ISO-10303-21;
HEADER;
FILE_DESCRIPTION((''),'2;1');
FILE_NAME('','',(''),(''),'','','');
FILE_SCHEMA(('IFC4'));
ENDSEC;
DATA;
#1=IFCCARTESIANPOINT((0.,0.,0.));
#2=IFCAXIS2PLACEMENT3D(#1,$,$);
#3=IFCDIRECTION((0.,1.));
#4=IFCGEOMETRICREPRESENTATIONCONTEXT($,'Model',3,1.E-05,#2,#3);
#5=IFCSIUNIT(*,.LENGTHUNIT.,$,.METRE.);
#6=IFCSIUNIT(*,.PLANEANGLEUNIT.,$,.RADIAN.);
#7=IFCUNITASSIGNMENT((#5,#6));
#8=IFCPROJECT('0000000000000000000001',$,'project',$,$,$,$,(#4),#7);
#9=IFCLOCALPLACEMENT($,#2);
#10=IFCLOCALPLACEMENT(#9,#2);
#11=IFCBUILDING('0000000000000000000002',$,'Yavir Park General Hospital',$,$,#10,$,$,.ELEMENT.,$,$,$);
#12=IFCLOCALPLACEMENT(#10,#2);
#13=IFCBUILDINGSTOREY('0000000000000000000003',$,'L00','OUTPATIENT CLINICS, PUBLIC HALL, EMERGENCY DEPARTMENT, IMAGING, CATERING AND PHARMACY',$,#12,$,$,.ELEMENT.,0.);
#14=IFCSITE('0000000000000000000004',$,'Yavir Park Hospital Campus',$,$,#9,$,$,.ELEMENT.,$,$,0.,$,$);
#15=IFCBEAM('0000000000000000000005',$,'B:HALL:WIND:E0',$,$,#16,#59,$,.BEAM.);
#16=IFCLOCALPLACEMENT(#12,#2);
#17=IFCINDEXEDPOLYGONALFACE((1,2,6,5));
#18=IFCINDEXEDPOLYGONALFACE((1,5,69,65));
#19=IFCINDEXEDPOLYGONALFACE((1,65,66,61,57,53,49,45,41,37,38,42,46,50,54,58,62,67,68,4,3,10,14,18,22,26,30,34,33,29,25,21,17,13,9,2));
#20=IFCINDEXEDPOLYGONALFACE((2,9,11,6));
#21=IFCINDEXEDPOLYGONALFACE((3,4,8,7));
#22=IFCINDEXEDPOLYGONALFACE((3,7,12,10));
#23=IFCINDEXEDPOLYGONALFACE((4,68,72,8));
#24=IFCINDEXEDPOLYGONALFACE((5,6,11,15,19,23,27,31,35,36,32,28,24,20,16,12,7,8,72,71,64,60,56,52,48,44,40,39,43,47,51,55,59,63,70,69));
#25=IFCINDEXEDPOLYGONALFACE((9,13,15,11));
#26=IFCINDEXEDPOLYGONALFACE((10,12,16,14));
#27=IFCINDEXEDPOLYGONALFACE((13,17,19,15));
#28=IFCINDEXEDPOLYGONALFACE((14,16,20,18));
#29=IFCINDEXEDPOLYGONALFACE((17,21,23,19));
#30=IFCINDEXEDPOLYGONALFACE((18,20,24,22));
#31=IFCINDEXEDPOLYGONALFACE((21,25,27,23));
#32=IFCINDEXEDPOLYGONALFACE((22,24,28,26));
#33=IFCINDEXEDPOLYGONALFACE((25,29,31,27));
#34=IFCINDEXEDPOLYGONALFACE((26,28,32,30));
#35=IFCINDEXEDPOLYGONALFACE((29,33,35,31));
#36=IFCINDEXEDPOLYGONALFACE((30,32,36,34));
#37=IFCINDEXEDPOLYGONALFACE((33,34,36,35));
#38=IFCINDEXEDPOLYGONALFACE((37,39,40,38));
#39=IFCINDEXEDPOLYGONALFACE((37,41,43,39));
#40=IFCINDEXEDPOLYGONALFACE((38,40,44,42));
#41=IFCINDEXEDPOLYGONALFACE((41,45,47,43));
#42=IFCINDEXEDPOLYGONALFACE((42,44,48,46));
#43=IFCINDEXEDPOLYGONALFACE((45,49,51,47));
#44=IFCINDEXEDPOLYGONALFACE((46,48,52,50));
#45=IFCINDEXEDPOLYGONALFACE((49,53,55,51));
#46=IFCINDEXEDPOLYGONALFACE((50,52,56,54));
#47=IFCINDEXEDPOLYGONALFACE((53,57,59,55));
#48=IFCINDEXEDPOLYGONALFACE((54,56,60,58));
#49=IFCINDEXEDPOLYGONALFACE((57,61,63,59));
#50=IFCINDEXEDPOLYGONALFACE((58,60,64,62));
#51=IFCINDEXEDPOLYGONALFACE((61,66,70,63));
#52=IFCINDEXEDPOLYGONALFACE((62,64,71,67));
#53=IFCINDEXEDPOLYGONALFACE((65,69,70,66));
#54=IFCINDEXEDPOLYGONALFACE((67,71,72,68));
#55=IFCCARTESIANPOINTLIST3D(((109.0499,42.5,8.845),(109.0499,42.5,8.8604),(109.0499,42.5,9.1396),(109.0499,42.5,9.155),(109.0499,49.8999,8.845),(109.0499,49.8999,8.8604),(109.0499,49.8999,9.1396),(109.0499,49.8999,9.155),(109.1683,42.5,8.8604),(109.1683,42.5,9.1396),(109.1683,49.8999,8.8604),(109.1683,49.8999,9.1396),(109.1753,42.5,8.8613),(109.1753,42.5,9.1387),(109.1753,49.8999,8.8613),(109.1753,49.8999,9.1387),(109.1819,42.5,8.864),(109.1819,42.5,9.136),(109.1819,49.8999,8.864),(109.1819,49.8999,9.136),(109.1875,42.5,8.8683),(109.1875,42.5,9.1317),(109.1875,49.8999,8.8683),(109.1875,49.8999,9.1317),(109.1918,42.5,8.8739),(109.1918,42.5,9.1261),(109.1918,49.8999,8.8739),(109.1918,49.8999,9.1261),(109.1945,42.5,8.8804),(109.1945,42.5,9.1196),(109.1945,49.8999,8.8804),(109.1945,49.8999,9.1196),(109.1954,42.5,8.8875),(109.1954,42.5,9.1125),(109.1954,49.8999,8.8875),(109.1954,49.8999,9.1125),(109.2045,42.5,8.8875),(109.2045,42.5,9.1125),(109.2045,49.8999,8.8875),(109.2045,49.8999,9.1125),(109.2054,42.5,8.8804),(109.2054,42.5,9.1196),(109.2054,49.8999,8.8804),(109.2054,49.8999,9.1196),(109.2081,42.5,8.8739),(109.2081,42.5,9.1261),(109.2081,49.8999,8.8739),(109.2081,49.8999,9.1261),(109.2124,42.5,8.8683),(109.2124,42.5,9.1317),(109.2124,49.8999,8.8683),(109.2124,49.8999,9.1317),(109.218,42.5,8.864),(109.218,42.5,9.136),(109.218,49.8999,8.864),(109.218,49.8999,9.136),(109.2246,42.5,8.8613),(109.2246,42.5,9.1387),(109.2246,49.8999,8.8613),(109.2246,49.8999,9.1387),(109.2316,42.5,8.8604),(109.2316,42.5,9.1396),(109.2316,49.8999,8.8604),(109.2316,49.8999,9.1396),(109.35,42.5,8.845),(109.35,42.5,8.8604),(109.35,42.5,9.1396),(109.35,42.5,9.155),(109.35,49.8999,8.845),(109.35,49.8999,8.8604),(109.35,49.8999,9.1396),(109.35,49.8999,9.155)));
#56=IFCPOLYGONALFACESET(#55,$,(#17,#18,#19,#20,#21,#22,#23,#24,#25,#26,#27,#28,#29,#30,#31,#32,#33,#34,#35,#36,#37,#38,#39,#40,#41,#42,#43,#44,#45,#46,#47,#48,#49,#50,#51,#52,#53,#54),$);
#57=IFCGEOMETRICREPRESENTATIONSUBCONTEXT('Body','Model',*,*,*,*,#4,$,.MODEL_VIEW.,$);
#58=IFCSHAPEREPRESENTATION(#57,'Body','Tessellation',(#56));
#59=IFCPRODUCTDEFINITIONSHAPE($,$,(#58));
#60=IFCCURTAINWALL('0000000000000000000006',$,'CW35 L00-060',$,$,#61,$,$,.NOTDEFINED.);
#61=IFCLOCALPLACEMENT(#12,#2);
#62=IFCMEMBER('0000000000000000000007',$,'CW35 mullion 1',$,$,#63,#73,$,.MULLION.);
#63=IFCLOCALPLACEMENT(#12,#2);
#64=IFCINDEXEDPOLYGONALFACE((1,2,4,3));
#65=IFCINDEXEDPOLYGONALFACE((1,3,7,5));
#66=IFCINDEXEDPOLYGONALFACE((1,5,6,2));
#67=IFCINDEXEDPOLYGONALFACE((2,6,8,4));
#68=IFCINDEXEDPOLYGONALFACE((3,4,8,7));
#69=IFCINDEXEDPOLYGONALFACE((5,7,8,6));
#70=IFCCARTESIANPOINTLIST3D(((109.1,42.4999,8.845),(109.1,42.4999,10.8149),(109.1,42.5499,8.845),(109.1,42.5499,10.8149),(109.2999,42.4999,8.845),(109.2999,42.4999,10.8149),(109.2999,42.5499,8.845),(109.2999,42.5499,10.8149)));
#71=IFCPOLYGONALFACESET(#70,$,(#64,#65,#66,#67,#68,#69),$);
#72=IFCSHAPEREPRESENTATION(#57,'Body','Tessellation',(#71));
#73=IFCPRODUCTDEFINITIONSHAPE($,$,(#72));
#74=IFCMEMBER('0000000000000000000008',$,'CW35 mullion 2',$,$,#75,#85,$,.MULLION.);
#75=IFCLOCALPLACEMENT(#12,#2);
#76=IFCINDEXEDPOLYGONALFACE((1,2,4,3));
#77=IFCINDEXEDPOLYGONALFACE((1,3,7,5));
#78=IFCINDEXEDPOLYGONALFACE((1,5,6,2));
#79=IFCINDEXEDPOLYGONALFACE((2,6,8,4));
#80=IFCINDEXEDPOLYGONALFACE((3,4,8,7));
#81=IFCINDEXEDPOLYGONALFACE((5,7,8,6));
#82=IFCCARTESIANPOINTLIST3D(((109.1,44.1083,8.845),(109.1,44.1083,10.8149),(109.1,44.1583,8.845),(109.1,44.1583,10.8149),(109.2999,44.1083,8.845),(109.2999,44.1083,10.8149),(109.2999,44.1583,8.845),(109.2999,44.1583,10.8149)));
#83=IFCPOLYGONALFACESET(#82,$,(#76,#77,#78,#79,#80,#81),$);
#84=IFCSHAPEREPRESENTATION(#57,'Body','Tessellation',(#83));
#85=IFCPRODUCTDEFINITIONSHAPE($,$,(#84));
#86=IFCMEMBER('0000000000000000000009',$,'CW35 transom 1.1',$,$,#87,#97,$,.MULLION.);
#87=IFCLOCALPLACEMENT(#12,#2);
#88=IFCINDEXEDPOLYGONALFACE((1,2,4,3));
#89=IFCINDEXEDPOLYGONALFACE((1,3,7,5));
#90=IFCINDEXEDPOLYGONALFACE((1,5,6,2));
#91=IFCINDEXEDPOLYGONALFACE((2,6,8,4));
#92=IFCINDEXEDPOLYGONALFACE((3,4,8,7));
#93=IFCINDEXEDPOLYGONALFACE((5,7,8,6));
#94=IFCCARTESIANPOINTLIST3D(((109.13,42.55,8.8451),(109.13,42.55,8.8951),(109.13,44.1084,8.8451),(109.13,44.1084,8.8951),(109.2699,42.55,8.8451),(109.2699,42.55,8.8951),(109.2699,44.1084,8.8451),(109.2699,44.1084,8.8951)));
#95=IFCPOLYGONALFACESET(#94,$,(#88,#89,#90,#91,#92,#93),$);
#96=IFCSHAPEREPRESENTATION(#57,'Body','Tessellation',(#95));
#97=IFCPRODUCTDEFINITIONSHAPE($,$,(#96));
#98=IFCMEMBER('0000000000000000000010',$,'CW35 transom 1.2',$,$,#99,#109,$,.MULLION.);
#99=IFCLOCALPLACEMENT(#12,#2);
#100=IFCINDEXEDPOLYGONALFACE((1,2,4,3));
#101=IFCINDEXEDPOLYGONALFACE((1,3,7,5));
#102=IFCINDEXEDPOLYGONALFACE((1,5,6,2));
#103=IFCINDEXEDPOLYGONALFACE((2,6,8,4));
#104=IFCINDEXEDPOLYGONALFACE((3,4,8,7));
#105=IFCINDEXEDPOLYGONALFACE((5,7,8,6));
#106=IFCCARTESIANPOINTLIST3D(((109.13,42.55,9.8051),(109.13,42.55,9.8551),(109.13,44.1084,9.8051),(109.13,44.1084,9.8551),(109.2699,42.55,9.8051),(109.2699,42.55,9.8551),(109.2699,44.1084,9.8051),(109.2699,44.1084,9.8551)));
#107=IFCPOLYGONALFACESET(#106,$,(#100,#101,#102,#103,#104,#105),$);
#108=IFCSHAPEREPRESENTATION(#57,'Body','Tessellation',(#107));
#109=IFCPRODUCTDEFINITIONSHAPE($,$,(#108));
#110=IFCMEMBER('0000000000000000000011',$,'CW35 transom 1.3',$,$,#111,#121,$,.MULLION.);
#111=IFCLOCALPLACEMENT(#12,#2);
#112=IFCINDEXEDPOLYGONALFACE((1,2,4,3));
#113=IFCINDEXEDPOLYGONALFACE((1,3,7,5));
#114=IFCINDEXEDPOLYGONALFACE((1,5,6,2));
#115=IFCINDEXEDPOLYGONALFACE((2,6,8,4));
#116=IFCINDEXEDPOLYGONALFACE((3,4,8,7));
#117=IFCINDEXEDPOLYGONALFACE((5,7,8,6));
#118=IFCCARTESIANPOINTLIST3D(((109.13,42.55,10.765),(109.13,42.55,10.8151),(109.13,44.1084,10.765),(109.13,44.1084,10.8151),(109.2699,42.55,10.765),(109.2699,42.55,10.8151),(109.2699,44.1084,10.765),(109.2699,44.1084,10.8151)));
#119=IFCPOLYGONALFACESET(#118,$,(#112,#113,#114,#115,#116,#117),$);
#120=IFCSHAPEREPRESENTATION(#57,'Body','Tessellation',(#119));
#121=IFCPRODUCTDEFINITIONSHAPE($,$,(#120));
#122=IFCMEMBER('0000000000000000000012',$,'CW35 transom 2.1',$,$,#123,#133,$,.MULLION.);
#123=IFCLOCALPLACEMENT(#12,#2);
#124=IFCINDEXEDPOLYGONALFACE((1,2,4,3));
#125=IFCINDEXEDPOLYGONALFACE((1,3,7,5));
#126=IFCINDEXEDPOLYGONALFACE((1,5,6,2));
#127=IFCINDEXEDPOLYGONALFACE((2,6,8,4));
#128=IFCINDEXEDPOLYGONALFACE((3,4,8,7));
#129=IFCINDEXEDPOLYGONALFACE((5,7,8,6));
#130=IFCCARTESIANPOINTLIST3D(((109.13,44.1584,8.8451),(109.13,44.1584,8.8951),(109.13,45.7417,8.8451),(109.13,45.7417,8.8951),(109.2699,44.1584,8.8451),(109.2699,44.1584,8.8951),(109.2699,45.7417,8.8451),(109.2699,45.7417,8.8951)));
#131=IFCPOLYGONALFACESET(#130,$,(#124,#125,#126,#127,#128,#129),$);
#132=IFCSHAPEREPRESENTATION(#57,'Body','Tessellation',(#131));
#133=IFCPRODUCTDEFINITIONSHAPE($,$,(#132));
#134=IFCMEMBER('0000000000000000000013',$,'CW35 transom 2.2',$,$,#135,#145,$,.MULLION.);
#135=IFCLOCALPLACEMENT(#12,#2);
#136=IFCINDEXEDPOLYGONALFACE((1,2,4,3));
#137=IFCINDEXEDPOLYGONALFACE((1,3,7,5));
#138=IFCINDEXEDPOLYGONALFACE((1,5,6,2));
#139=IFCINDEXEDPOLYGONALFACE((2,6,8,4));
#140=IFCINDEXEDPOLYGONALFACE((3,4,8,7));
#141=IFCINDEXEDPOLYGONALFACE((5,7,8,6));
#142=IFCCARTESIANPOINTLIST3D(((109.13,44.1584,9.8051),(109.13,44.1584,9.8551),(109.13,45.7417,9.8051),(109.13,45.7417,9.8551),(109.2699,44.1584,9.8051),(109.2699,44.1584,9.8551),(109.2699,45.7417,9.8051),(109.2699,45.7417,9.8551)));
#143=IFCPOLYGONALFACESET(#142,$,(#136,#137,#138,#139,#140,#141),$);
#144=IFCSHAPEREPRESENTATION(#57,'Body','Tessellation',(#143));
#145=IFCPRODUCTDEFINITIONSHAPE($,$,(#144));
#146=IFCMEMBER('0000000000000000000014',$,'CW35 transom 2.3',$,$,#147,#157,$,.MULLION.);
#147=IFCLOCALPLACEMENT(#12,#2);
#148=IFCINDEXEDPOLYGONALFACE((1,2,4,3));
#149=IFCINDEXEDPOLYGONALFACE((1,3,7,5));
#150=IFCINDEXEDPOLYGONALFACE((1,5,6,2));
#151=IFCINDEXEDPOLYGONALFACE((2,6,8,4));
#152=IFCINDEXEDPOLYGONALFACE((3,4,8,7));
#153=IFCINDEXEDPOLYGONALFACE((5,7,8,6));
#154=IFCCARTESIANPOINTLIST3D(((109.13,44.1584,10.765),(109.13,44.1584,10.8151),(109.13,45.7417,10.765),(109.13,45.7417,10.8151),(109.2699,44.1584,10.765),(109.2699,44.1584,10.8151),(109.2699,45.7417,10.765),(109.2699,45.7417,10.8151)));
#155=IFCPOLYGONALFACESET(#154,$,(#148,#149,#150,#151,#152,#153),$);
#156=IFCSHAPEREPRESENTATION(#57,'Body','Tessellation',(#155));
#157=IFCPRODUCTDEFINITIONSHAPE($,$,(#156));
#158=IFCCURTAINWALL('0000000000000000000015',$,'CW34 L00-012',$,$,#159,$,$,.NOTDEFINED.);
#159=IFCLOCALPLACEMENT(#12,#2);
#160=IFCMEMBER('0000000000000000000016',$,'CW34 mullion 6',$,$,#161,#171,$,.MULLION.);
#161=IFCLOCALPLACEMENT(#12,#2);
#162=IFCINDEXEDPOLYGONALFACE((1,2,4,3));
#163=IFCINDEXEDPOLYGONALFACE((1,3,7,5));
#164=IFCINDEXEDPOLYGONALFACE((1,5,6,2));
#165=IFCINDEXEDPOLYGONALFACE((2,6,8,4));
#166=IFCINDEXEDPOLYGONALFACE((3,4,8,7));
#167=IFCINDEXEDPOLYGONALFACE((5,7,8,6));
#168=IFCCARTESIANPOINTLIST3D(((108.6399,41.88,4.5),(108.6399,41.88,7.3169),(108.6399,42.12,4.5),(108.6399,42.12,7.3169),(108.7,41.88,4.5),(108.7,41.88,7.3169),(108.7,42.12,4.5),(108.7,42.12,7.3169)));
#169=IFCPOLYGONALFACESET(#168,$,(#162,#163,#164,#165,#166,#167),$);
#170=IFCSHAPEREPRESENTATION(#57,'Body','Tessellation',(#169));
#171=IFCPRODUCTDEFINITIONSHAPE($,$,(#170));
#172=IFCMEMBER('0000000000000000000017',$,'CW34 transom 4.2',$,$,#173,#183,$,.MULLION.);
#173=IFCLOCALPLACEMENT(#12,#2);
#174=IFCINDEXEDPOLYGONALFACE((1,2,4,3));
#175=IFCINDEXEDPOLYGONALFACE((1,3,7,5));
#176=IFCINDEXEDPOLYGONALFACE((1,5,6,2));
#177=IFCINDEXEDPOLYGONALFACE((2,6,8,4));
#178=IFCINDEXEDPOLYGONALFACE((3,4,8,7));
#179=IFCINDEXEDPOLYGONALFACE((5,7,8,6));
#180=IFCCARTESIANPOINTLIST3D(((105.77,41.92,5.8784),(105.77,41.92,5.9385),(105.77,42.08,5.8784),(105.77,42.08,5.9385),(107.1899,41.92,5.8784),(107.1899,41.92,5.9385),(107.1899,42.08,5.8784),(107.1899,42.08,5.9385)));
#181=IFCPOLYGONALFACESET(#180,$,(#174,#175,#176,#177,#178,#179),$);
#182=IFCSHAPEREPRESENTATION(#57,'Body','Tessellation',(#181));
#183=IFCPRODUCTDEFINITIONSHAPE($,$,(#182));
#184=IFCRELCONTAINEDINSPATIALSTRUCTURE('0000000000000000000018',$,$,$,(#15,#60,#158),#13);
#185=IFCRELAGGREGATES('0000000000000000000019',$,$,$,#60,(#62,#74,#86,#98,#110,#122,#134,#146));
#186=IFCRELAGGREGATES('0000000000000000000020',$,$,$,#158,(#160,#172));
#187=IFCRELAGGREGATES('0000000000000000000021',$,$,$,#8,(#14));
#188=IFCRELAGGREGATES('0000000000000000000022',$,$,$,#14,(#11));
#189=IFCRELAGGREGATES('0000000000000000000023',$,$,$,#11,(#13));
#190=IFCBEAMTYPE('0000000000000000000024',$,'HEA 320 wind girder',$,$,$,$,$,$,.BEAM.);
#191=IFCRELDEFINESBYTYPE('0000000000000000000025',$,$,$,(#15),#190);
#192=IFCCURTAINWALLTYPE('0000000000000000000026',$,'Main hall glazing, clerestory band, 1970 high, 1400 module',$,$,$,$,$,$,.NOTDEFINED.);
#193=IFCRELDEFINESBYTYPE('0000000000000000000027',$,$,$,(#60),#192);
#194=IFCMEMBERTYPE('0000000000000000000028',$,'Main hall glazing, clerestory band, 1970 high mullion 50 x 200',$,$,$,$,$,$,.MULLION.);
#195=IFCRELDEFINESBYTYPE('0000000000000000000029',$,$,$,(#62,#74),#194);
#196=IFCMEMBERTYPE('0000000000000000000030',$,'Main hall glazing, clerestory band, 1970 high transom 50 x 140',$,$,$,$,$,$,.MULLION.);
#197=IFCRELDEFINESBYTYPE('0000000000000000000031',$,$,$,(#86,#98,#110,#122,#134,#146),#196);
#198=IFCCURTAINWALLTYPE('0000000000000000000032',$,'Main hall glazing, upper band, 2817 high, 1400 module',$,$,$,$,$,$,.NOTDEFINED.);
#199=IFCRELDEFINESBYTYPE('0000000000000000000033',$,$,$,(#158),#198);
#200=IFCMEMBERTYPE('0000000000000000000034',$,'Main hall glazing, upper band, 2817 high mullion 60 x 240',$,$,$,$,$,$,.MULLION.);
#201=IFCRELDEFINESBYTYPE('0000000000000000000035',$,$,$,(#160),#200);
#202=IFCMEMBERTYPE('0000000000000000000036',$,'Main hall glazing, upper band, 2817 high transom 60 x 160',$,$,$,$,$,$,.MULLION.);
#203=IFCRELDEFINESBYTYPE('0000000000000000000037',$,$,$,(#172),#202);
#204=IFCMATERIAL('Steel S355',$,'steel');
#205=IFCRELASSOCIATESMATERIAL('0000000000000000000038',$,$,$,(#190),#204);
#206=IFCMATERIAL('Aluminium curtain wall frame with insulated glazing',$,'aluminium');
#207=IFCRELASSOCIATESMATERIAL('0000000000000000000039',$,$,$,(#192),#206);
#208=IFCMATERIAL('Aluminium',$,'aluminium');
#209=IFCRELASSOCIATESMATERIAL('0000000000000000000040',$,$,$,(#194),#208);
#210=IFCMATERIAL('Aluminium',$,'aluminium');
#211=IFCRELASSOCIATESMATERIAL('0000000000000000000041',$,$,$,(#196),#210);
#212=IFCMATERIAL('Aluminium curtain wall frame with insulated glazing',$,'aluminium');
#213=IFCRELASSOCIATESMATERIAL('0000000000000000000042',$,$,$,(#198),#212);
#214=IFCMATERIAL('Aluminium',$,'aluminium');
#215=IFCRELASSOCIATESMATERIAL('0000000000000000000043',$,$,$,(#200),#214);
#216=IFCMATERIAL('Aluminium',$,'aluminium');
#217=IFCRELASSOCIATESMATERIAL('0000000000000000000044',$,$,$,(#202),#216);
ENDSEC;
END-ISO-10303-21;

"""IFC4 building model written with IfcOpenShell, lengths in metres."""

from ifc_helpers import new_model, si_unit, direction, frame, origin, origin_2d, place, context, subcontext, project, spatial, rectangle, i_section, extrude, material, material_profile, profile_set, type_object, element, aggregate, save


model = new_model("IFC4")

# Units and contexts
model_context = context("Model", 3, precision=1e-05, world=origin(), true_north=direction((0.0, 1.0)))
body_context = subcontext(model_context, "Body", "Model", "MODEL_VIEW")
ifc_project = project(units=[si_unit("LENGTHUNIT", "METRE"), si_unit("PLANEANGLEUNIT", "RADIAN")], contexts=[model_context])

# Site, building, storey
site_placement = place(None, origin())
site = spatial("IfcSite", under=ifc_project, at=site_placement, Name="Yavir Park Hospital Campus", CompositionType="ELEMENT", RefElevation=0.0)
building_placement = place(site_placement, origin())
building = spatial("IfcBuilding", under=site, at=building_placement, Name="Yavir Park General Hospital", CompositionType="ELEMENT")
storey_placement = place(building_placement, origin())
storey = spatial("IfcBuildingStorey", under=building, at=storey_placement, Name="L00", Description="OUTPATIENT CLINICS, PUBLIC HALL, EMERGENCY DEPARTMENT, IMAGING, CATERING AND PHARMACY", CompositionType="ELEMENT", Elevation=0.0)

# Beam
ifc_material_1 = material(Name="Steel S355", Category="steel")
ifc_material_profile_1 = material_profile(ifc_material_1, i_section(OverallWidth=0.3, OverallDepth=0.3101, WebThickness=0.009, FlangeThickness=0.0154, FilletRadius=0.0271, at=origin_2d()), Name="HEA320")
ifc_profile_set_1 = profile_set([ifc_material_profile_1], Name="Steel S355")
beam_type_1 = type_object("IfcBeamType", Name="HEA 320 wind girder", PredefinedType="BEAM", material=ifc_profile_set_1)
beam_1_placement = place(storey_placement, frame((109.2, 42.5, 9.0), z_axis=(0.0, 1.0, 0.0), x_axis=(-1.0, 0.0, 0.0)))
element("IfcBeam", 1, at=beam_1_placement, inside=storey, type_object=beam_type_1, Name="B:HALL:WIND:E0", PredefinedType="BEAM", context=body_context, shape_type="SweptSolid", body=[
    extrude(i_section(OverallWidth=0.3, OverallDepth=0.3101, WebThickness=0.009, FlangeThickness=0.0154, FilletRadius=0.0271, at=origin_2d()), origin(), (0.0, 0.0, 1.0), 7.3999),
])

# Curtain walls, members
ifc_material_2 = material(Name="Aluminium curtain wall frame with insulated glazing", Category="aluminium")
curtain_wall_type_1 = type_object("IfcCurtainWallType", Name="Main hall glazing, clerestory band, 1970 high, 1400 module", PredefinedType="NOTDEFINED", material=ifc_material_2)
curtain_wall_1_placement = place(storey_placement, origin())
curtain_wall_1 = element("IfcCurtainWall", 2, at=curtain_wall_1_placement, inside=storey, type_object=curtain_wall_type_1, Name="CW35 L00-060", PredefinedType="NOTDEFINED")
ifc_material_3 = material(Name="Aluminium", Category="aluminium")
ifc_material_profile_2 = material_profile(ifc_material_3, rectangle(XDim=0.2, YDim=0.05, at=origin_2d()), Name="AL 50x200")
ifc_profile_set_2 = profile_set([ifc_material_profile_2], Name="Aluminium")
member_type_1 = type_object("IfcMemberType", Name="Main hall glazing, clerestory band, 1970 high mullion 50 x 200", PredefinedType="MULLION", material=ifc_profile_set_2)
member_1_placement = place(storey_placement, frame((109.2, 42.5249, 8.845), z_axis=(0.0, 0.0, 1.0), x_axis=(-1.0, 0.0, 0.0)))
member_1 = element("IfcMember", 3, at=member_1_placement, type_object=member_type_1, Name="CW35 mullion 1", PredefinedType="MULLION", context=body_context, shape_type="SweptSolid", body=[
    extrude(rectangle(XDim=0.2, YDim=0.05, at=origin_2d()), origin(), (0.0, 0.0, 1.0), 1.97),
])
member_2_placement = place(storey_placement, frame((109.2, 44.1333, 8.845), z_axis=(0.0, 0.0, 1.0), x_axis=(-1.0, 0.0, 0.0)))
member_2 = element("IfcMember", 4, at=member_2_placement, type_object=member_type_1, Name="CW35 mullion 2", PredefinedType="MULLION", context=body_context, shape_type="SweptSolid", body=[
    extrude(rectangle(XDim=0.2, YDim=0.05, at=origin_2d()), origin(), (0.0, 0.0, 1.0), 1.97),
])
ifc_material_4 = material(Name="Aluminium", Category="aluminium")
ifc_material_profile_3 = material_profile(ifc_material_4, rectangle(XDim=0.1399, YDim=0.05, at=origin_2d()), Name="AL 140x50")
ifc_profile_set_3 = profile_set([ifc_material_profile_3], Name="Aluminium")
member_type_2 = type_object("IfcMemberType", Name="Main hall glazing, clerestory band, 1970 high transom 50 x 140", PredefinedType="MULLION", material=ifc_profile_set_3)
member_3_placement = place(storey_placement, frame((109.2, 42.55, 8.8701), z_axis=(0.0, 1.0, 0.0), x_axis=(-1.0, 0.0, 0.0)))
member_3 = element("IfcMember", 5, at=member_3_placement, type_object=member_type_2, Name="CW35 transom 1.1", PredefinedType="MULLION", context=body_context, shape_type="SweptSolid", body=[
    extrude(rectangle(XDim=0.1399, YDim=0.05, at=origin_2d()), origin(), (0.0, 0.0, 1.0), 1.5583),
])
member_4_placement = place(storey_placement, frame((109.2, 42.55, 9.8301), z_axis=(0.0, 1.0, 0.0), x_axis=(-1.0, 0.0, 0.0)))
member_4 = element("IfcMember", 6, at=member_4_placement, type_object=member_type_2, Name="CW35 transom 1.2", PredefinedType="MULLION", context=body_context, shape_type="SweptSolid", body=[
    extrude(rectangle(XDim=0.1399, YDim=0.05, at=origin_2d()), origin(), (0.0, 0.0, 1.0), 1.5583),
])
member_5_placement = place(storey_placement, frame((109.2, 42.55, 10.79), z_axis=(0.0, 1.0, 0.0), x_axis=(-1.0, 0.0, 0.0)))
member_5 = element("IfcMember", 7, at=member_5_placement, type_object=member_type_2, Name="CW35 transom 1.3", PredefinedType="MULLION", context=body_context, shape_type="SweptSolid", body=[
    extrude(rectangle(XDim=0.1399, YDim=0.05, at=origin_2d()), origin(), (0.0, 0.0, 1.0), 1.5583),
])
member_6_placement = place(storey_placement, frame((109.2, 44.1584, 8.8701), z_axis=(0.0, 1.0, 0.0), x_axis=(-1.0, 0.0, 0.0)))
member_6 = element("IfcMember", 8, at=member_6_placement, type_object=member_type_2, Name="CW35 transom 2.1", PredefinedType="MULLION", context=body_context, shape_type="SweptSolid", body=[
    extrude(rectangle(XDim=0.1399, YDim=0.05, at=origin_2d()), origin(), (0.0, 0.0, 1.0), 1.5833),
])
member_7_placement = place(storey_placement, frame((109.2, 44.1584, 9.8301), z_axis=(0.0, 1.0, 0.0), x_axis=(-1.0, 0.0, 0.0)))
member_7 = element("IfcMember", 9, at=member_7_placement, type_object=member_type_2, Name="CW35 transom 2.2", PredefinedType="MULLION", context=body_context, shape_type="SweptSolid", body=[
    extrude(rectangle(XDim=0.1399, YDim=0.05, at=origin_2d()), origin(), (0.0, 0.0, 1.0), 1.5833),
])
member_8_placement = place(storey_placement, frame((109.2, 44.1584, 10.79), z_axis=(0.0, 1.0, 0.0), x_axis=(-1.0, 0.0, 0.0)))
member_8 = element("IfcMember", 10, at=member_8_placement, type_object=member_type_2, Name="CW35 transom 2.3", PredefinedType="MULLION", context=body_context, shape_type="SweptSolid", body=[
    extrude(rectangle(XDim=0.1399, YDim=0.05, at=origin_2d()), origin(), (0.0, 0.0, 1.0), 1.5833),
])
ifc_material_5 = material(Name="Aluminium curtain wall frame with insulated glazing", Category="aluminium")
curtain_wall_type_2 = type_object("IfcCurtainWallType", Name="Main hall glazing, upper band, 2817 high, 1400 module", PredefinedType="NOTDEFINED", material=ifc_material_5)
curtain_wall_2_placement = place(storey_placement, origin())
curtain_wall_2 = element("IfcCurtainWall", 11, at=curtain_wall_2_placement, inside=storey, type_object=curtain_wall_type_2, Name="CW34 L00-012", PredefinedType="NOTDEFINED")
ifc_material_6 = material(Name="Aluminium", Category="aluminium")
ifc_material_profile_4 = material_profile(ifc_material_6, rectangle(XDim=0.24, YDim=0.0601, at=origin_2d()), Name="AL 60x240")
ifc_profile_set_4 = profile_set([ifc_material_profile_4], Name="Aluminium")
member_type_3 = type_object("IfcMemberType", Name="Main hall glazing, upper band, 2817 high mullion 60 x 240", PredefinedType="MULLION", material=ifc_profile_set_4)
member_9_placement = place(storey_placement, frame((108.6699, 42.0, 4.5), z_axis=(0.0, 0.0, 1.0), x_axis=(0.0, 1.0, 0.0)))
member_9 = element("IfcMember", 12, at=member_9_placement, type_object=member_type_3, Name="CW34 mullion 6", PredefinedType="MULLION", context=body_context, shape_type="SweptSolid", body=[
    extrude(rectangle(XDim=0.24, YDim=0.0601, at=origin_2d()), origin(), (0.0, 0.0, 1.0), 2.8169),
])
ifc_material_7 = material(Name="Aluminium", Category="aluminium")
ifc_material_profile_5 = material_profile(ifc_material_7, rectangle(XDim=0.1599, YDim=0.0601, at=origin_2d()), Name="AL 160x60")
ifc_profile_set_5 = profile_set([ifc_material_profile_5], Name="Aluminium")
member_type_4 = type_object("IfcMemberType", Name="Main hall glazing, upper band, 2817 high transom 60 x 160", PredefinedType="MULLION", material=ifc_profile_set_5)
member_10_placement = place(storey_placement, frame((105.77, 42.0, 5.9084), z_axis=(1.0, 0.0, 0.0), x_axis=(0.0, 1.0, 0.0)))
member_10 = element("IfcMember", 13, at=member_10_placement, type_object=member_type_4, Name="CW34 transom 4.2", PredefinedType="MULLION", context=body_context, shape_type="SweptSolid", body=[
    extrude(rectangle(XDim=0.1599, YDim=0.0601, at=origin_2d()), origin(), (0.0, 0.0, 1.0), 1.4199),
])

aggregate(curtain_wall_1, [member_1, member_2, member_3, member_4, member_5, member_6, member_7, member_8])
aggregate(curtain_wall_2, [member_9, member_10])

save(model, "model.ifc")
